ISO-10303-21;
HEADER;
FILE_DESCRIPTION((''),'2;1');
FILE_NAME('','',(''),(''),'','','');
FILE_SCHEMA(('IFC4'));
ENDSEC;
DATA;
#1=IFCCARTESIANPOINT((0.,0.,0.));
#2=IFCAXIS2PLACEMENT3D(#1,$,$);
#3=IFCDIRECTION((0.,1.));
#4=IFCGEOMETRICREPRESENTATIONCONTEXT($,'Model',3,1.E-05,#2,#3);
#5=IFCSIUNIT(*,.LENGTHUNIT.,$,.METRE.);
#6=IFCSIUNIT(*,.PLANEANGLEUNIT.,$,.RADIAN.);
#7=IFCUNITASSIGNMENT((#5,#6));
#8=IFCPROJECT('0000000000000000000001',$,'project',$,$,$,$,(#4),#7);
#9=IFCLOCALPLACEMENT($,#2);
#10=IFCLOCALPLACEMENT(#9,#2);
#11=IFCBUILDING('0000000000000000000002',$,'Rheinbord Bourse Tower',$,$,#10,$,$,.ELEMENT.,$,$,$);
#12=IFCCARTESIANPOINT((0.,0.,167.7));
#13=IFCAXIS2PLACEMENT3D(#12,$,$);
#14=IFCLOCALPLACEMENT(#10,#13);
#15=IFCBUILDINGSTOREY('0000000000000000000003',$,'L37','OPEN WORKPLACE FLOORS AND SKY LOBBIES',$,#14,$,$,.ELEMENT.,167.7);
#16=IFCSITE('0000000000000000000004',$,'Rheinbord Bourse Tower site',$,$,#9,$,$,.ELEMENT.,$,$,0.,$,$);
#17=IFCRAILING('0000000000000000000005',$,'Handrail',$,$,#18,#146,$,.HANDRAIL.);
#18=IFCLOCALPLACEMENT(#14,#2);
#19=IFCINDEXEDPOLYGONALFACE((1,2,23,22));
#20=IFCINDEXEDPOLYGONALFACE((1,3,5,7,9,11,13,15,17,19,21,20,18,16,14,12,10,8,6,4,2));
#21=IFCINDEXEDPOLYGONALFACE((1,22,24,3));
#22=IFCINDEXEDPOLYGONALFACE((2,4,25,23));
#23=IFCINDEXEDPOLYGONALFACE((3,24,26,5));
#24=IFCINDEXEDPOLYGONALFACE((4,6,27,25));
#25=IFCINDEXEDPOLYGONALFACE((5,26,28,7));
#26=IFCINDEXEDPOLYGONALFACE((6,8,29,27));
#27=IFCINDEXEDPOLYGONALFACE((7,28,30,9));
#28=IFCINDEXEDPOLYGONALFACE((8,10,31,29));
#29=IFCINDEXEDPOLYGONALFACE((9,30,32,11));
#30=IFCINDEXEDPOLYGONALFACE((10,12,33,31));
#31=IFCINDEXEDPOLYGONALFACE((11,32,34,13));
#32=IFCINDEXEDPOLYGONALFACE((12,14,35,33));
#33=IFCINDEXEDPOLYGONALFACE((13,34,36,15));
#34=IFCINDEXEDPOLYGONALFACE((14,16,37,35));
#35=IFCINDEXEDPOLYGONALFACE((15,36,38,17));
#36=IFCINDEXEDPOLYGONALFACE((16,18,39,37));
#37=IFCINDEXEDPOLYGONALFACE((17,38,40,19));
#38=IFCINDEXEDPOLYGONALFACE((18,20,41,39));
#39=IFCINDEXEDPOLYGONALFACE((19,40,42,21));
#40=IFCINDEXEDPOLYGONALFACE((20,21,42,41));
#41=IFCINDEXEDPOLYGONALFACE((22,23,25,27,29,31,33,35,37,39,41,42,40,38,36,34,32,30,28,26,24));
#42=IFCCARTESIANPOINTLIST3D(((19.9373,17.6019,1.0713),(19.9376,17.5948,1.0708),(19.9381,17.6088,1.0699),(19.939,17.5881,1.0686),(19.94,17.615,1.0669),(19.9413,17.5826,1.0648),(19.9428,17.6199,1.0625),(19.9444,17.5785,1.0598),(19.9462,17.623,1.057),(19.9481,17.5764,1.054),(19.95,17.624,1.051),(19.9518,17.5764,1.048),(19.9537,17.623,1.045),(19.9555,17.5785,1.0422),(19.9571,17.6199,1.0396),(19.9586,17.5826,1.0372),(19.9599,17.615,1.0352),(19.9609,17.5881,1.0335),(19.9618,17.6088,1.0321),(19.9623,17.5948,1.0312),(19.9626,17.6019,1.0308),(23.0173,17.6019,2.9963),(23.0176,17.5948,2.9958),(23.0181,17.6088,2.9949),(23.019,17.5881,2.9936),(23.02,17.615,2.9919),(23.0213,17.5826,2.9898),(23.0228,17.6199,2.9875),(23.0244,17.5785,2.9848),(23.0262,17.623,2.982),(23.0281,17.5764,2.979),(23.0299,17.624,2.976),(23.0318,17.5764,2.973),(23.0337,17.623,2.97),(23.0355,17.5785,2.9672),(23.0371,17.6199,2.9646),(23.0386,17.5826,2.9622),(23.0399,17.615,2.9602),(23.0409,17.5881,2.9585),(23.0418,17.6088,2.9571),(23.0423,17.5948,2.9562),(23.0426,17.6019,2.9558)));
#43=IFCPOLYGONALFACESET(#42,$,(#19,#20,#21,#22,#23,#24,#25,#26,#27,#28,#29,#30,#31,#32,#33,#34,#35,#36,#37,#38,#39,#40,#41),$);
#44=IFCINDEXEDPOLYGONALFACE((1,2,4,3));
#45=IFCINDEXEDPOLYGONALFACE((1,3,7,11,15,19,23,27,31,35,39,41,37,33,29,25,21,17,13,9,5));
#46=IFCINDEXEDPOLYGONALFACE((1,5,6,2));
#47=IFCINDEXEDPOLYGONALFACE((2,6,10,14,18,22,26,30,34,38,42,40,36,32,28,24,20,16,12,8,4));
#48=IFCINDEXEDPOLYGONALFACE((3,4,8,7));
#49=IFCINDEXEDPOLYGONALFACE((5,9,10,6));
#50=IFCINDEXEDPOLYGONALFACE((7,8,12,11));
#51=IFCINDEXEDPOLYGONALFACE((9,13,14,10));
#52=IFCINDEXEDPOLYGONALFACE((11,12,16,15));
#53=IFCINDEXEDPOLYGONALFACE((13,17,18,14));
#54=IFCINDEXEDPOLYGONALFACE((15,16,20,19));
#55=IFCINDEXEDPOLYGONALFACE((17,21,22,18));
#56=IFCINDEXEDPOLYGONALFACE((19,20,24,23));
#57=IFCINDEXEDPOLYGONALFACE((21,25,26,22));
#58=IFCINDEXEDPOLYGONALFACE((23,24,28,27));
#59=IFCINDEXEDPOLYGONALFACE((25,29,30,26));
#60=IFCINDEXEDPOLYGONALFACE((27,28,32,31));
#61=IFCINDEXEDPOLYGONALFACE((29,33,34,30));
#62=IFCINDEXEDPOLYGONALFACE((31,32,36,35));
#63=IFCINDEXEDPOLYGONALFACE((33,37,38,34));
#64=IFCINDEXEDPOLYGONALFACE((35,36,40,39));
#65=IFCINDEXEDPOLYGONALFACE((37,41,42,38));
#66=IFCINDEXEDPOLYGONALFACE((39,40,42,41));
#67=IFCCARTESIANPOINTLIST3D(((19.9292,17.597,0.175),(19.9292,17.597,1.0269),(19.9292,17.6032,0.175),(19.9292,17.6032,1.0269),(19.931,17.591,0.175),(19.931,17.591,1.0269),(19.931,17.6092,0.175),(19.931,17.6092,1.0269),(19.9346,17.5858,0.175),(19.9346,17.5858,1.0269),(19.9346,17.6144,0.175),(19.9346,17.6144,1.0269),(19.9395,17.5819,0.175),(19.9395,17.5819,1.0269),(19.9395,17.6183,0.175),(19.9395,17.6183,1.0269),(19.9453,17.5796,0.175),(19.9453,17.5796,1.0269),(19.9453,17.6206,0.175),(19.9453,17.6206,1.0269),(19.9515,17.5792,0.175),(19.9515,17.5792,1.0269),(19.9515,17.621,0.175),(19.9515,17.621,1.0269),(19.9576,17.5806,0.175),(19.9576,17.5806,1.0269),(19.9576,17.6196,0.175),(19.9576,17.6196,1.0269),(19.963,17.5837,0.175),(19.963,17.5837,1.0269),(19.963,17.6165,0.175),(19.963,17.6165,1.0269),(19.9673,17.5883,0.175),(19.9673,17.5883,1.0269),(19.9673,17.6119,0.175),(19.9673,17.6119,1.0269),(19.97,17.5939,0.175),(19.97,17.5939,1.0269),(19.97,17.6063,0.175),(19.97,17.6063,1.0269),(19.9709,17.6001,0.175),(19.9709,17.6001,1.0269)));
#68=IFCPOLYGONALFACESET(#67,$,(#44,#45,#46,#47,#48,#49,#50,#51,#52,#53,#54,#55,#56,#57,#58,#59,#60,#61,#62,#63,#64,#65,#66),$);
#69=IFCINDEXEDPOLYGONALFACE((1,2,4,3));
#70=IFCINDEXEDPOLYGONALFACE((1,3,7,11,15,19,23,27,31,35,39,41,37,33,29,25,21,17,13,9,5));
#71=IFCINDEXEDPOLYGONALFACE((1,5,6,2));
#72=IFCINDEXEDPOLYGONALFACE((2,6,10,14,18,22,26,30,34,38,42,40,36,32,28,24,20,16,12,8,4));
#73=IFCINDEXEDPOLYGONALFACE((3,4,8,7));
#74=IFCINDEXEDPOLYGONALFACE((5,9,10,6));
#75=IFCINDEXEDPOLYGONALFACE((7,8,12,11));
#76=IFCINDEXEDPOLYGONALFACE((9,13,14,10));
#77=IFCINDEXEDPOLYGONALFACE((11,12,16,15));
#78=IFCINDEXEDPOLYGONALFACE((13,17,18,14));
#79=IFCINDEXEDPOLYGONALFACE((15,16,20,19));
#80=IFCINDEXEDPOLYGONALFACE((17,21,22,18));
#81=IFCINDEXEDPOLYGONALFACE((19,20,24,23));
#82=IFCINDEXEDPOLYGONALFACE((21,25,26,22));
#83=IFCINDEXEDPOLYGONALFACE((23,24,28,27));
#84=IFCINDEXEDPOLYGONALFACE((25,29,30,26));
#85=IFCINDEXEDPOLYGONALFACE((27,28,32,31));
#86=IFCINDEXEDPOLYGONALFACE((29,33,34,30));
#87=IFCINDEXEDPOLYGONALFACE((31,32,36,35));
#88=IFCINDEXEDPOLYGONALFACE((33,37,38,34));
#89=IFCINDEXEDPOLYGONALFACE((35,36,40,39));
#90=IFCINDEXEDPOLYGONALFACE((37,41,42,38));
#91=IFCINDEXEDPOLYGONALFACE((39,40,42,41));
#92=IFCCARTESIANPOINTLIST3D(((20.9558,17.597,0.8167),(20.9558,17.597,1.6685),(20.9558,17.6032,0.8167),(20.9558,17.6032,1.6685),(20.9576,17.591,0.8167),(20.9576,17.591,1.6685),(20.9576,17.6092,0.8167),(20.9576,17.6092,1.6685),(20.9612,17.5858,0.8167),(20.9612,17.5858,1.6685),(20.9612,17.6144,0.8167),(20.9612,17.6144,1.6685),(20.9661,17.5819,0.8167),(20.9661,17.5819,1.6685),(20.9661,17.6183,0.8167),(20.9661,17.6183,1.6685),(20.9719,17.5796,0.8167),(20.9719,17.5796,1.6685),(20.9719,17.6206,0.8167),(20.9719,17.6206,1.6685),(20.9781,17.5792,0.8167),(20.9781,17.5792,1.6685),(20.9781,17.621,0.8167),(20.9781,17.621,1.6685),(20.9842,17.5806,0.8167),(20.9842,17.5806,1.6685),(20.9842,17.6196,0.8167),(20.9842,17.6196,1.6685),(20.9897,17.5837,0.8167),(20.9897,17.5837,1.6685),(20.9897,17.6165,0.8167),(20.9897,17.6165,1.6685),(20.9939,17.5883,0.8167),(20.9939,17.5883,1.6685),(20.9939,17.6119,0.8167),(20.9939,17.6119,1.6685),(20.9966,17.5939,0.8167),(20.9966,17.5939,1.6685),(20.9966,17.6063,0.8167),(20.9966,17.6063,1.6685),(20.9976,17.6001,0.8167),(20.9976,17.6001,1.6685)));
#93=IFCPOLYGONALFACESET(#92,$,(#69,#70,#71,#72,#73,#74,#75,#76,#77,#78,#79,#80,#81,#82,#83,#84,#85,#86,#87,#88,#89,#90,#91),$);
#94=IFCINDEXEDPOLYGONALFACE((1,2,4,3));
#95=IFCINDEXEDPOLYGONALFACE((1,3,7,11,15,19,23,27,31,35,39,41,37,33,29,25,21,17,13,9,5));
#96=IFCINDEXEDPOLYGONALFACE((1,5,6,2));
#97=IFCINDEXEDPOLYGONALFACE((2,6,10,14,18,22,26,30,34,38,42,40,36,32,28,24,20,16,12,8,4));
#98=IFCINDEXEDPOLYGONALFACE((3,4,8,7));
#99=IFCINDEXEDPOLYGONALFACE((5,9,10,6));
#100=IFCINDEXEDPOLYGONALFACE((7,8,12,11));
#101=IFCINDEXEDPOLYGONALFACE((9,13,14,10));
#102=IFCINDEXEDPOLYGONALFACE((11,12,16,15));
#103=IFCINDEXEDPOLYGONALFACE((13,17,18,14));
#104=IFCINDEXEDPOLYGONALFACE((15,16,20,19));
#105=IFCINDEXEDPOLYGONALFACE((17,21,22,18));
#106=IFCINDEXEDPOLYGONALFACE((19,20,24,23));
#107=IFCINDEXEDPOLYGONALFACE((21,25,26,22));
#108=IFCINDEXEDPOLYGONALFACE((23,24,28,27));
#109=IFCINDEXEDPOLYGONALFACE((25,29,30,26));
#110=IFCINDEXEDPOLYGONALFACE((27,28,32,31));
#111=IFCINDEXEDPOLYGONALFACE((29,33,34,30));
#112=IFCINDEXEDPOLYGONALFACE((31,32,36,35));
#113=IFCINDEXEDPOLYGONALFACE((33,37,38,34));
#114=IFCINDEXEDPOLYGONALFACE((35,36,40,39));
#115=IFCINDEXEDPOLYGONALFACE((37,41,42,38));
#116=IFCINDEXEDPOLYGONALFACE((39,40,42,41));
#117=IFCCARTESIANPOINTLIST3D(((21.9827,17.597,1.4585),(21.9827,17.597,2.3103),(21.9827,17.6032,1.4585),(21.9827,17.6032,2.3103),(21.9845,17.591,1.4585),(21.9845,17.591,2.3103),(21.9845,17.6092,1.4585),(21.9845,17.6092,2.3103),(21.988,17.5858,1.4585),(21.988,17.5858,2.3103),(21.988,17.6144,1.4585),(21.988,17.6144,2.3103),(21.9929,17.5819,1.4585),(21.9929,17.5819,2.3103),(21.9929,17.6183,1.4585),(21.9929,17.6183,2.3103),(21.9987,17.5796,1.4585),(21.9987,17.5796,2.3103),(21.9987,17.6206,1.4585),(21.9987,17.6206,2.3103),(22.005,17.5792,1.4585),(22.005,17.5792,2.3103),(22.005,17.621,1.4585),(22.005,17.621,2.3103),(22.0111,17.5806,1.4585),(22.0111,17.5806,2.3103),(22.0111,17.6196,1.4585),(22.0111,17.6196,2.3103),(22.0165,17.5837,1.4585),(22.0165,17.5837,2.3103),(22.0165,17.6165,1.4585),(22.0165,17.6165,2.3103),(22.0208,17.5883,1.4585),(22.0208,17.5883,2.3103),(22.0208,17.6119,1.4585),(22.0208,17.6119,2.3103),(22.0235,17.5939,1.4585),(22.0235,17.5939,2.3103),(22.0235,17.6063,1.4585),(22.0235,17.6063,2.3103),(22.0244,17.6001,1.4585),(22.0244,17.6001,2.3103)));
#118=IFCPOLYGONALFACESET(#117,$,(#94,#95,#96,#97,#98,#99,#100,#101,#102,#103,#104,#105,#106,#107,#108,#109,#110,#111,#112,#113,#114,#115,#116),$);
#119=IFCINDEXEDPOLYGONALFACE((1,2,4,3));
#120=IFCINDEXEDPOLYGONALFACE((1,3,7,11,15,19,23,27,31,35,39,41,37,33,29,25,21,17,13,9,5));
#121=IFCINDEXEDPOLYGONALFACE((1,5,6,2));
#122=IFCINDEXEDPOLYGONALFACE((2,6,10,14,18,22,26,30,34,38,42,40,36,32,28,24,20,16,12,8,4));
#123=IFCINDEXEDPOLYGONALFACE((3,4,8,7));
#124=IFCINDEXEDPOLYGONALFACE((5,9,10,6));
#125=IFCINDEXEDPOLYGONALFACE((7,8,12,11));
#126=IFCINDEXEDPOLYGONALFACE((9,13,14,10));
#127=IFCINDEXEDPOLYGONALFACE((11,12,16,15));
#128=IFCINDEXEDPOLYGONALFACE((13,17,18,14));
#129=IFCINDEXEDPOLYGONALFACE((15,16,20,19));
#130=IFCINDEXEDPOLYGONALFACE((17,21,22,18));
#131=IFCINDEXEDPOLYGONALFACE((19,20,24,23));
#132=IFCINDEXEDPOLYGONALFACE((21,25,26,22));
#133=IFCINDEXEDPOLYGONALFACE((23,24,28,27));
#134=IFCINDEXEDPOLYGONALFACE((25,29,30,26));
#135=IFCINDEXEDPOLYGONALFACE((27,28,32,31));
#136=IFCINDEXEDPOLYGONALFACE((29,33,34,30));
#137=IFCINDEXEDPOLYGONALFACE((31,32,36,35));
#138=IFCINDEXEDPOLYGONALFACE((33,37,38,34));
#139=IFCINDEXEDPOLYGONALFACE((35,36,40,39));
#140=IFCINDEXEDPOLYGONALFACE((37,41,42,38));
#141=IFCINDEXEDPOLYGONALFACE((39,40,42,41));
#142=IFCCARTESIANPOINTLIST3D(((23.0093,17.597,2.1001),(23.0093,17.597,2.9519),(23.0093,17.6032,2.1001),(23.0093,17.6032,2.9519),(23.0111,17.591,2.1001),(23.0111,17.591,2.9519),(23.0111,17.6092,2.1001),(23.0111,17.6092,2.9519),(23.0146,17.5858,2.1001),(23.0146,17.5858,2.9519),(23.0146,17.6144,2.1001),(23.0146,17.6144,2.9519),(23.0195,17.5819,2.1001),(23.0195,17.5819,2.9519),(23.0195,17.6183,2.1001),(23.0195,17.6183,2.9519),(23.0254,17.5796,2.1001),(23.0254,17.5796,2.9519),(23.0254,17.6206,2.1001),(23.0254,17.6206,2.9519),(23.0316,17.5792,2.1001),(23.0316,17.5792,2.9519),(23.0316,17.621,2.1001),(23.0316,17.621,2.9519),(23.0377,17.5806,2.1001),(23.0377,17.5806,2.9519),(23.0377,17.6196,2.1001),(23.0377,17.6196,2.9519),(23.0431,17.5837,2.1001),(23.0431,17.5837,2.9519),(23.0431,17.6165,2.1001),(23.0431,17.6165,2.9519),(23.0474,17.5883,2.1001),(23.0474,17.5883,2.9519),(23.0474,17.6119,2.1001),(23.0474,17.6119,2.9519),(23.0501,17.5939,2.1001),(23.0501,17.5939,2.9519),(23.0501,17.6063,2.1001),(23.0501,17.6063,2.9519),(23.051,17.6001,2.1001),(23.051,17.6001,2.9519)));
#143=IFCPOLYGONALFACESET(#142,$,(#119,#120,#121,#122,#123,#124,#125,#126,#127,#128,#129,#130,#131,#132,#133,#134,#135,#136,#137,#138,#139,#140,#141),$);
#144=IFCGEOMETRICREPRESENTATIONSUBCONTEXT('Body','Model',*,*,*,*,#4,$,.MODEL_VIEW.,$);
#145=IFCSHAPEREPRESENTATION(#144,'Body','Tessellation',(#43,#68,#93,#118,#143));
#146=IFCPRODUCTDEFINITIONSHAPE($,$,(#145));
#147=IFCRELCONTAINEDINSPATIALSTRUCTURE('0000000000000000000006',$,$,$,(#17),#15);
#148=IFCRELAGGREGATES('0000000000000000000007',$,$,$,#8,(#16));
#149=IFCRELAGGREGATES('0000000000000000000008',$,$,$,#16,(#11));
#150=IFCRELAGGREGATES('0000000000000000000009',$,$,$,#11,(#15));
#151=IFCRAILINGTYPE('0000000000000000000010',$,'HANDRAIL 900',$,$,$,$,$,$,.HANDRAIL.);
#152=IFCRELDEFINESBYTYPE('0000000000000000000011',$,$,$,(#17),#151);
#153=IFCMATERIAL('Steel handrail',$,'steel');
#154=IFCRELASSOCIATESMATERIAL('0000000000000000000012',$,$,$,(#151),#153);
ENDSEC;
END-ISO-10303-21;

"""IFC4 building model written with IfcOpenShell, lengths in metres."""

from ifc_helpers import new_model, si_unit, direction, frame, origin, origin_2d, place, context, subcontext, project, spatial, circle, extrude, material, type_object, element, save


model = new_model("IFC4")

# Units and contexts
model_context = context("Model", 3, precision=1e-05, world=origin(), true_north=direction((0.0, 1.0)))
body_context = subcontext(model_context, "Body", "Model", "MODEL_VIEW")
ifc_project = project(units=[si_unit("LENGTHUNIT", "METRE"), si_unit("PLANEANGLEUNIT", "RADIAN")], contexts=[model_context])

# Site, building, storey
site_placement = place(None, origin())
site = spatial("IfcSite", under=ifc_project, at=site_placement, Name="Rheinbord Bourse Tower site", CompositionType="ELEMENT", RefElevation=0.0)
building_placement = place(site_placement, origin())
building = spatial("IfcBuilding", under=site, at=building_placement, Name="Rheinbord Bourse Tower", CompositionType="ELEMENT")
storey_placement = place(building_placement, frame((0.0, 0.0, 167.7)))
storey = spatial("IfcBuildingStorey", under=building, at=storey_placement, Name="L37", Description="OPEN WORKPLACE FLOORS AND SKY LOBBIES", CompositionType="ELEMENT", Elevation=167.7)

# Railing
ifc_material_1 = material(Name="Steel handrail", Category="steel")
railing_type = type_object("IfcRailingType", Name="HANDRAIL 900", PredefinedType="HANDRAIL", material=ifc_material_1)
railing_1_placement = place(storey_placement, frame((19.95, 17.6001, 0.175)))
element("IfcRailing", 1, at=railing_1_placement, inside=storey, type_object=railing_type, Name="Handrail", PredefinedType="HANDRAIL", context=body_context, shape_type="SweptSolid", body=[
    extrude(circle(Radius=0.0239, at=origin_2d()), frame((0.0, 0.0, 0.876), z_axis=(0.847998, 0.0, 0.529999), x_axis=(0.0, 1.0, 0.0)), (0.0, 0.0, 1.0), 3.6321),
    extrude(circle(Radius=0.021, at=origin_2d()), origin(), (0.0, 0.0, 1.0), 0.8518),
    extrude(circle(Radius=0.021, at=origin_2d()), frame((1.0266, 0.0, 0.6416)), (0.0, 0.0, 1.0), 0.8518),
    extrude(circle(Radius=0.021, at=origin_2d()), frame((2.0535, 0.0, 1.2834)), (0.0, 0.0, 1.0), 0.8518),
    extrude(circle(Radius=0.021, at=origin_2d()), frame((3.0801, 0.0, 1.925)), (0.0, 0.0, 1.0), 0.8518),
])

save(model, "model.ifc")
